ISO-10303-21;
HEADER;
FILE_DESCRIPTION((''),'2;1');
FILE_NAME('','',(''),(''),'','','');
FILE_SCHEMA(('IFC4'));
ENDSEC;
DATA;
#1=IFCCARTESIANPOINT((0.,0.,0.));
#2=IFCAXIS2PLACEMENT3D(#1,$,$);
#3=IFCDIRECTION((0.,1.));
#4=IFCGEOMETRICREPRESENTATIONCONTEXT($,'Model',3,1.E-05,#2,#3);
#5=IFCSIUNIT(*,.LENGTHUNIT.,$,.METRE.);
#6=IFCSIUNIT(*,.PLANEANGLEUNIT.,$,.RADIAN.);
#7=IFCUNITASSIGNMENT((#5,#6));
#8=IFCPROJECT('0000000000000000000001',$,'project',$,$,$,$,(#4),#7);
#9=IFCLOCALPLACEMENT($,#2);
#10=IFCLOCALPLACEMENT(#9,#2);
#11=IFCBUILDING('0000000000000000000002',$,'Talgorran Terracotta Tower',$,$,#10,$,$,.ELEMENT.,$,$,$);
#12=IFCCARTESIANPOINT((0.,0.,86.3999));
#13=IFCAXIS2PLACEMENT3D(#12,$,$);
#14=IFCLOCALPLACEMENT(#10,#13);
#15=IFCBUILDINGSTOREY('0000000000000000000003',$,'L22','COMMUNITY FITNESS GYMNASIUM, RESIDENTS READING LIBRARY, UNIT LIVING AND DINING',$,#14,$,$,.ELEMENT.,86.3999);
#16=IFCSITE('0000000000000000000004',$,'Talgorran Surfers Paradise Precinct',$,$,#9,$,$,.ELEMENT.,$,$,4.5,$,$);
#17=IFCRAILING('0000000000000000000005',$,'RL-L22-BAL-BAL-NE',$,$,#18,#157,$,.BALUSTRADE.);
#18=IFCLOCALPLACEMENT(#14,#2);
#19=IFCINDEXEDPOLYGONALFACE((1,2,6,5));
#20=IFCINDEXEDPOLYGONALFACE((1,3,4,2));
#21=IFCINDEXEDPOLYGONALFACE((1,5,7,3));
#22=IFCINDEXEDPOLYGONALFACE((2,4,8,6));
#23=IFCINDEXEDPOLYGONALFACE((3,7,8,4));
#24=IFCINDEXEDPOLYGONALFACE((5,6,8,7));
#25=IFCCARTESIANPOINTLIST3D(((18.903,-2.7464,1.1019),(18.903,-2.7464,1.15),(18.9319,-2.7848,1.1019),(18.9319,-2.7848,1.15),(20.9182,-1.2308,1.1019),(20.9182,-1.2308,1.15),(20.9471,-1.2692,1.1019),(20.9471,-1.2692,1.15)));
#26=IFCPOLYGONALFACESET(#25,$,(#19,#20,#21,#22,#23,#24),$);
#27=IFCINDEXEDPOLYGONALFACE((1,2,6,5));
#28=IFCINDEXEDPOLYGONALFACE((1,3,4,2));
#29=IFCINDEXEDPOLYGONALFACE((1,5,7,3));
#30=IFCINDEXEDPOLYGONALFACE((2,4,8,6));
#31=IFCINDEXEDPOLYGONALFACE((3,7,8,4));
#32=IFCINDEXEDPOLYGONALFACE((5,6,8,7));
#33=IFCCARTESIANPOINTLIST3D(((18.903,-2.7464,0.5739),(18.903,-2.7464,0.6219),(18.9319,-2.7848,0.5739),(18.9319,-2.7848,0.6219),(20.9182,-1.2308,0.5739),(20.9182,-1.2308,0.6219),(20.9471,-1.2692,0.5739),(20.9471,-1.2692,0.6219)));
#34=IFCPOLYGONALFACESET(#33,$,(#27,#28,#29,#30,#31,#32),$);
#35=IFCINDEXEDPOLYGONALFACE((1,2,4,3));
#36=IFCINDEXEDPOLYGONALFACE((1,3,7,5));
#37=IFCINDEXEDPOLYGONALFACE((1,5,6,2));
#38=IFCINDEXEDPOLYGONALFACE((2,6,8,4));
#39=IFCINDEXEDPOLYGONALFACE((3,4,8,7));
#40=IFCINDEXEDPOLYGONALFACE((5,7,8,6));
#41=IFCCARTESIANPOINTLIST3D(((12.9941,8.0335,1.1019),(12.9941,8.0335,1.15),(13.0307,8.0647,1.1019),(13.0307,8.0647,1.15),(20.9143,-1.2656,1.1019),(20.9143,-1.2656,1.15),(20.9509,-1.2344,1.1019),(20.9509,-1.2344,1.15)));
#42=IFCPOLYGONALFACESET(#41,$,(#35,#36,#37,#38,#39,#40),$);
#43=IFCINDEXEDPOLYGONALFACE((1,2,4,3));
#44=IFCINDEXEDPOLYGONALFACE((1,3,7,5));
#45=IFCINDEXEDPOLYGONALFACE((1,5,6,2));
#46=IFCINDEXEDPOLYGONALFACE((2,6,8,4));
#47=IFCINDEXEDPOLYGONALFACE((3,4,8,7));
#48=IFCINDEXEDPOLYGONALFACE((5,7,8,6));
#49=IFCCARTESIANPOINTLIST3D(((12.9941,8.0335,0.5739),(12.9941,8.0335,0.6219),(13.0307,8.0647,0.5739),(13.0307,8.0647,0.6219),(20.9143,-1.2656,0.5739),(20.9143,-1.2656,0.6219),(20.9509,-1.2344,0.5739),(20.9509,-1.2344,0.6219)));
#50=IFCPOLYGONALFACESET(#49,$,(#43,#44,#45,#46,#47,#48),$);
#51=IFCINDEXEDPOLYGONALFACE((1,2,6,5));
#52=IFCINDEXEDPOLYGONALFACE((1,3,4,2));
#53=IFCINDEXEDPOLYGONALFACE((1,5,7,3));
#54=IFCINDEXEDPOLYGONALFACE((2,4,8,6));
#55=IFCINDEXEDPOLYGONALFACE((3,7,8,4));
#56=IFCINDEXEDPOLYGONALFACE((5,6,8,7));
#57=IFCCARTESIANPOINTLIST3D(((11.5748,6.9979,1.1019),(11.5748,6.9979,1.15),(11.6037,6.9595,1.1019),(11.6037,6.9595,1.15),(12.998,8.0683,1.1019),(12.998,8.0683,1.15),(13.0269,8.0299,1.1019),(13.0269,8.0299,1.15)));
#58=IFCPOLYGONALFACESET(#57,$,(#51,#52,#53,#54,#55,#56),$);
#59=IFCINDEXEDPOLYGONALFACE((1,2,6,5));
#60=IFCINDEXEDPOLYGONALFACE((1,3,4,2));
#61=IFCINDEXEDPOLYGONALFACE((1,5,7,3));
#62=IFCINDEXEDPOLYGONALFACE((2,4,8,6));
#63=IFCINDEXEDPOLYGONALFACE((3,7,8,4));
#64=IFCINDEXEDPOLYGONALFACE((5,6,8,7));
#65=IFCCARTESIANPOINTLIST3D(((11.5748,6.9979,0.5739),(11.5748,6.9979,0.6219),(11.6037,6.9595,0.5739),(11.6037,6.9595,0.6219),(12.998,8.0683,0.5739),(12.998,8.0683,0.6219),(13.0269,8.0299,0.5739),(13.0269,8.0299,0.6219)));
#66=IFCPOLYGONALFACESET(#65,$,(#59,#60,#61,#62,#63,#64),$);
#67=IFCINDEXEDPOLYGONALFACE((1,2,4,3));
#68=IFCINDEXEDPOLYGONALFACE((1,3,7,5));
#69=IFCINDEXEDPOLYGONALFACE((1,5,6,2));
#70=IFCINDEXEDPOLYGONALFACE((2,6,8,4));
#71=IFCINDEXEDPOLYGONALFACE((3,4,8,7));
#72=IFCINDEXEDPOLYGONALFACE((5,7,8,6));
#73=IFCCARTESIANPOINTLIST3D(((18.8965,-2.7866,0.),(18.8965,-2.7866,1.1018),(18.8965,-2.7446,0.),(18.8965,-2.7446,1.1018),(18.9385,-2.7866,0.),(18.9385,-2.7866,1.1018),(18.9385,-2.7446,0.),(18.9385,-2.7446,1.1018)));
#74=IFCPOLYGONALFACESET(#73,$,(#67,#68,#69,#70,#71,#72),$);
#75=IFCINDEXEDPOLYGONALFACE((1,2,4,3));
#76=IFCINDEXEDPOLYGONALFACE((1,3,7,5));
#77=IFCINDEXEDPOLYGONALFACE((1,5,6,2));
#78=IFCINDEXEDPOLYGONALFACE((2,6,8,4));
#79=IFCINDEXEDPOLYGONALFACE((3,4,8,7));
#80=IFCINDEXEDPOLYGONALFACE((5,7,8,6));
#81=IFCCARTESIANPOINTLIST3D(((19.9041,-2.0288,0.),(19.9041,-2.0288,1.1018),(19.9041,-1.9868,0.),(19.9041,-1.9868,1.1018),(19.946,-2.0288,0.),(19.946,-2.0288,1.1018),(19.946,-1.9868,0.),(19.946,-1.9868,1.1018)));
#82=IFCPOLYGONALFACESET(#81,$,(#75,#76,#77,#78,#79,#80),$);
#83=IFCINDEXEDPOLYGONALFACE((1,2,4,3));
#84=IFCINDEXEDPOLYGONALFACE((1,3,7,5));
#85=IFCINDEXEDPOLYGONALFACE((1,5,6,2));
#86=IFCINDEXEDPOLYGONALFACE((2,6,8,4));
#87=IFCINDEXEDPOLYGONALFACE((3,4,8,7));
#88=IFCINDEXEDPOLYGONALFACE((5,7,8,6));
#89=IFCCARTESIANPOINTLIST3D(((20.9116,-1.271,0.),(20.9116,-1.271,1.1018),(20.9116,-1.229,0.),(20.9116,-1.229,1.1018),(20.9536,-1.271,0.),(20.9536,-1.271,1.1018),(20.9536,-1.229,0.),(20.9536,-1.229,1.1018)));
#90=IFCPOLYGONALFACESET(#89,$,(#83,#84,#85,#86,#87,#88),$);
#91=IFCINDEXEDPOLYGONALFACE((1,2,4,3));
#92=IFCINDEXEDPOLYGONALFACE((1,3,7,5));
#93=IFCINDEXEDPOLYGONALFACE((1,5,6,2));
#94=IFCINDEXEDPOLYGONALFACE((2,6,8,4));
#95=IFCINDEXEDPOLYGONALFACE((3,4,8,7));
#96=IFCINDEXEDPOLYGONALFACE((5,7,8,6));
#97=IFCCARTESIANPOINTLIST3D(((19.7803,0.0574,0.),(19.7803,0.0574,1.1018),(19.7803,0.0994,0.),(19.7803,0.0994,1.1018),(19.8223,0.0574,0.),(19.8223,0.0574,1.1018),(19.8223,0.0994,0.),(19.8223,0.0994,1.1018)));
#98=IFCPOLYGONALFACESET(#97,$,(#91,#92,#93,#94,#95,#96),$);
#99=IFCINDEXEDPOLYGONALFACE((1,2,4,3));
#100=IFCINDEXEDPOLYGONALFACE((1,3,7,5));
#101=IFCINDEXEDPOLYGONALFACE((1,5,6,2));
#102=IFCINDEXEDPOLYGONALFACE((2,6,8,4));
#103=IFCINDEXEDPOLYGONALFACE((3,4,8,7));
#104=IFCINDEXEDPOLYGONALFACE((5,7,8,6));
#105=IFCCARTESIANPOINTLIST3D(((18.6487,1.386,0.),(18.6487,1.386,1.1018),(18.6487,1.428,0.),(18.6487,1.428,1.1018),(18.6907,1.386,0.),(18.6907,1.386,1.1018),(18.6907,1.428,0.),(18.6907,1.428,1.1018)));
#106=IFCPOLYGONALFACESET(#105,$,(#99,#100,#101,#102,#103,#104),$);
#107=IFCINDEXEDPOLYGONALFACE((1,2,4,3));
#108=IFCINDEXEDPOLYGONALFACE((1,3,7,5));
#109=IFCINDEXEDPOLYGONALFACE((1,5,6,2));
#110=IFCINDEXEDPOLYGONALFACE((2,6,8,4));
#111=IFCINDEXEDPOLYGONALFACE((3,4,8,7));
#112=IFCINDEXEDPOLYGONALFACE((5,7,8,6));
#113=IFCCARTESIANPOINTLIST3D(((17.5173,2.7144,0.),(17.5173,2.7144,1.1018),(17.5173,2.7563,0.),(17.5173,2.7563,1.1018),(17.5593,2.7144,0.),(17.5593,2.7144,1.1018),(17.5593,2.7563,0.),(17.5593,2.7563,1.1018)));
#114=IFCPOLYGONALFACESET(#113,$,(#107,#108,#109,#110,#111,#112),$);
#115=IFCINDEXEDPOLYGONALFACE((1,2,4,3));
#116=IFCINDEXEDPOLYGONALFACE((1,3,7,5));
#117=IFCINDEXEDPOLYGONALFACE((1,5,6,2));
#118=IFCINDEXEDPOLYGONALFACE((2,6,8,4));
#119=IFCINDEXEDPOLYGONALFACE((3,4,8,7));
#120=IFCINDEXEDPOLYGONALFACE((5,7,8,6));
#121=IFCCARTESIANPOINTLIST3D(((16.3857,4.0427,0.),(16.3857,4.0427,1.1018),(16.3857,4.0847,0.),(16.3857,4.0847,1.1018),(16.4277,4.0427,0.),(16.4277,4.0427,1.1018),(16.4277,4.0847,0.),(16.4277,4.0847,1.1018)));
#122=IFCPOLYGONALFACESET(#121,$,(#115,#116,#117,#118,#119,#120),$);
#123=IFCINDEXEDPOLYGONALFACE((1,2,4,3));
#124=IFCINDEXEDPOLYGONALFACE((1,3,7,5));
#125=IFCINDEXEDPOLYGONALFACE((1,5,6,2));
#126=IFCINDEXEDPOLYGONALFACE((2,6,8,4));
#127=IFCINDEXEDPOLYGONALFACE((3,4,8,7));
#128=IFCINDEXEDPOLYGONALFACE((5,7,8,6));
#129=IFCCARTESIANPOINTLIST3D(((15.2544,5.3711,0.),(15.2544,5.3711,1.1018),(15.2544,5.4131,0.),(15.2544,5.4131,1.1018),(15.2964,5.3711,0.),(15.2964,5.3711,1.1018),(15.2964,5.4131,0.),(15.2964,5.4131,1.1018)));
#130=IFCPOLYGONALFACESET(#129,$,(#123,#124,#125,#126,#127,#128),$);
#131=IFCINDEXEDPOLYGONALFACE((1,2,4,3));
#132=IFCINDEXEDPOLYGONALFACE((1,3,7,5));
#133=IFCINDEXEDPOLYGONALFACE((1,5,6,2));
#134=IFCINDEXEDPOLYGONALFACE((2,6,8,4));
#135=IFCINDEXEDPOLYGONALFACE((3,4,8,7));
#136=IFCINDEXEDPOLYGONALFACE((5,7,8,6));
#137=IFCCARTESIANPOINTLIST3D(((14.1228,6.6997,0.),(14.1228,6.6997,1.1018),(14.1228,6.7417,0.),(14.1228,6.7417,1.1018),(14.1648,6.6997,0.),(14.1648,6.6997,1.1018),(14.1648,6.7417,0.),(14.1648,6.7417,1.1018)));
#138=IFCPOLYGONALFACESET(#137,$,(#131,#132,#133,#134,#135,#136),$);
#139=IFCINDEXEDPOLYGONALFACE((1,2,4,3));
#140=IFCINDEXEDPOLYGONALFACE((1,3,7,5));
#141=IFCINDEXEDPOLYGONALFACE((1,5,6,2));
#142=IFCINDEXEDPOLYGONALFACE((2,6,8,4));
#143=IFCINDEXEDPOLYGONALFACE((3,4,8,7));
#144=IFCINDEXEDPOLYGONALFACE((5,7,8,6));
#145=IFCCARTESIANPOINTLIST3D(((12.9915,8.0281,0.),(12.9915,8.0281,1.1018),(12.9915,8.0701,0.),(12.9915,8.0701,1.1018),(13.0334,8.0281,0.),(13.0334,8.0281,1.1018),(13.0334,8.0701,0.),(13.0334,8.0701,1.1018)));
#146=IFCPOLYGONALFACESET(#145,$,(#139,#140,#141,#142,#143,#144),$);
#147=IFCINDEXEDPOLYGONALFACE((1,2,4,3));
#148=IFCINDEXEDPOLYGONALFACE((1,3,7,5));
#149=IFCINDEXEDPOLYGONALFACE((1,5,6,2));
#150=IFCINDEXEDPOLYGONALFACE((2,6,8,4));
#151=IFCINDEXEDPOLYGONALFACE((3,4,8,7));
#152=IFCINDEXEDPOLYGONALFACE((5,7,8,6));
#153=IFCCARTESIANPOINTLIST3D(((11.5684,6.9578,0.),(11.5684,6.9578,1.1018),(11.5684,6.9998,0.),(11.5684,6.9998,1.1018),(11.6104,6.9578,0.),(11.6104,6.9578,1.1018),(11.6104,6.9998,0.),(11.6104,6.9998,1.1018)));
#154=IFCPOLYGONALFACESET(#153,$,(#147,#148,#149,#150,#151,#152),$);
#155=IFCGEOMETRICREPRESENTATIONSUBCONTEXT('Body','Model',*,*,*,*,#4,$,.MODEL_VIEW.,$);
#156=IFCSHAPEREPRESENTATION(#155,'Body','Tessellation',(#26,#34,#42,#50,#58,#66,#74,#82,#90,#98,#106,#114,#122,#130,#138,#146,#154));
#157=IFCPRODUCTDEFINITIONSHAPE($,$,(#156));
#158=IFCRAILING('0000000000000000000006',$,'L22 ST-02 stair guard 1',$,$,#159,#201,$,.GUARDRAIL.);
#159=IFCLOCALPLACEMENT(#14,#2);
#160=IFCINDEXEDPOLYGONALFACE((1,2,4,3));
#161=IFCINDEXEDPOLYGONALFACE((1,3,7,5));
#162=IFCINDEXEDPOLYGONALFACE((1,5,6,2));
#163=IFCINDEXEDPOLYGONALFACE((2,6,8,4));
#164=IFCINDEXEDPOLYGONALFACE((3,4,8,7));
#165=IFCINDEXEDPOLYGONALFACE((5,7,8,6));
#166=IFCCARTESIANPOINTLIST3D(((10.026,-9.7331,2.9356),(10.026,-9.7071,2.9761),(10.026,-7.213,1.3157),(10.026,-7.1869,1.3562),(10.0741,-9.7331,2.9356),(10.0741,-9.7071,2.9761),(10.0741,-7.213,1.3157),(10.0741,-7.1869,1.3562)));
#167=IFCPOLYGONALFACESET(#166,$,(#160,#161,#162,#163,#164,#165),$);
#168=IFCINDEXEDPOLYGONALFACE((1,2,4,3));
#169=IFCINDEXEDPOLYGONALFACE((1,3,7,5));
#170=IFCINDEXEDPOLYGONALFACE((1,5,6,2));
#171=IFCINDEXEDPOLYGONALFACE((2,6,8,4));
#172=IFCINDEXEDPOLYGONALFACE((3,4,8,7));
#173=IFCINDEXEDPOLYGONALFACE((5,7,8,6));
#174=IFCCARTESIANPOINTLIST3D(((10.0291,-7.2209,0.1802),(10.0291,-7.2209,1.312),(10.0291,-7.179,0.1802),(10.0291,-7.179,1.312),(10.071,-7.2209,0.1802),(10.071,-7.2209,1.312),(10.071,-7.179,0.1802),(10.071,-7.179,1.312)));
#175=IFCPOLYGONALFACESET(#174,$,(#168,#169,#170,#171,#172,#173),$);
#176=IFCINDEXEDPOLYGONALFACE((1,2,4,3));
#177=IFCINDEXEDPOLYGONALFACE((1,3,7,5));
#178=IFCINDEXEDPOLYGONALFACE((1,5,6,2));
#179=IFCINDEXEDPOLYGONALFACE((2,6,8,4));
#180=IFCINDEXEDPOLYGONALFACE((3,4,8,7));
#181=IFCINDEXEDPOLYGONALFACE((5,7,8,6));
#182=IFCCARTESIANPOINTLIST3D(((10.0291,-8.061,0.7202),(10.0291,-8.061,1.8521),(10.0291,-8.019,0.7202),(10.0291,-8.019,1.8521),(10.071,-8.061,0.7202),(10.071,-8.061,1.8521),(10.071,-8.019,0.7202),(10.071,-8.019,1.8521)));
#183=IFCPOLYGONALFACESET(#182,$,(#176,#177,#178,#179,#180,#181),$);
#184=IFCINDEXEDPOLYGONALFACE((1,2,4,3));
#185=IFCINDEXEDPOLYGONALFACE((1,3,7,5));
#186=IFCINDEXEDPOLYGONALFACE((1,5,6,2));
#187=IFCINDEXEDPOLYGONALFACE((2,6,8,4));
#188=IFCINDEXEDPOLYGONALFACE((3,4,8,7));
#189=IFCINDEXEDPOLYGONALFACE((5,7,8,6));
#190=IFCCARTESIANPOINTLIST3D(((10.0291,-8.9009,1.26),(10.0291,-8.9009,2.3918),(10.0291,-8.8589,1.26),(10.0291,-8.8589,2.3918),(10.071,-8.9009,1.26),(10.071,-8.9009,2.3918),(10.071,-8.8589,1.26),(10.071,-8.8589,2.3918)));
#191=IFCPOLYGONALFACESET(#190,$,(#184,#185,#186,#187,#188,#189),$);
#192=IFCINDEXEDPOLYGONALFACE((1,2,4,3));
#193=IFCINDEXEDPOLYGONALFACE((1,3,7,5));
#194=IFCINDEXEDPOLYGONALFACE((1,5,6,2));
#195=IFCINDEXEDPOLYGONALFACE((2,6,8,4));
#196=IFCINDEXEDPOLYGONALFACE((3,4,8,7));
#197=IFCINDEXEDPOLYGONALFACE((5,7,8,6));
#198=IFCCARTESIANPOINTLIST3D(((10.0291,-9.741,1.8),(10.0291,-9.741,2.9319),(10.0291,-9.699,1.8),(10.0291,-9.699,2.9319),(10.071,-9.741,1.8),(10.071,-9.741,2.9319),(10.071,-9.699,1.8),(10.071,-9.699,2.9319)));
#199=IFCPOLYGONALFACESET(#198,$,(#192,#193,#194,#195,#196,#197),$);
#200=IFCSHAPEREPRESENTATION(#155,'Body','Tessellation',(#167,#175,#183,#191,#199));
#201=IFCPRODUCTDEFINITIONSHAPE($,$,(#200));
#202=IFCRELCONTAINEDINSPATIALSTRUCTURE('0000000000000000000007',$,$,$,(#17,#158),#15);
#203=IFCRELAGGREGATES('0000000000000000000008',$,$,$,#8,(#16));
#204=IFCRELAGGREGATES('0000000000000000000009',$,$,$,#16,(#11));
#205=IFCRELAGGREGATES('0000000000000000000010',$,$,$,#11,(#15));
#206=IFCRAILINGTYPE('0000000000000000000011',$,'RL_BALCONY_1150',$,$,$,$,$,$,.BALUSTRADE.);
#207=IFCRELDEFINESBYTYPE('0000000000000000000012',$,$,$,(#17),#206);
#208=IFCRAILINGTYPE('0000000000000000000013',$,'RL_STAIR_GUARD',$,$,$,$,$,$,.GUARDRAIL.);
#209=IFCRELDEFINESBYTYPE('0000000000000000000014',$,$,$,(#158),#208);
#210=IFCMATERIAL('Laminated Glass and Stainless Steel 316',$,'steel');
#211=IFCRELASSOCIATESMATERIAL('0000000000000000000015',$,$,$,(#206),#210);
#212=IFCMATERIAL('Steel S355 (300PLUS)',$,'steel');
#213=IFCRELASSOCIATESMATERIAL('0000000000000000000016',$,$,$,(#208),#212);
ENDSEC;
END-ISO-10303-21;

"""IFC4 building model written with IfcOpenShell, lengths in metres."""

from ifc_helpers import new_model, si_unit, direction, frame, origin, origin_2d, place, context, subcontext, project, spatial, rectangle, extrude, material, type_object, element, save


model = new_model("IFC4")

# Units and contexts
model_context = context("Model", 3, precision=1e-05, world=origin(), true_north=direction((0.0, 1.0)))
body_context = subcontext(model_context, "Body", "Model", "MODEL_VIEW")
ifc_project = project(units=[si_unit("LENGTHUNIT", "METRE"), si_unit("PLANEANGLEUNIT", "RADIAN")], contexts=[model_context])

# Site, building, storey
site_placement = place(None, origin())
site = spatial("IfcSite", under=ifc_project, at=site_placement, Name="Talgorran Surfers Paradise Precinct", CompositionType="ELEMENT", RefElevation=4.5)
building_placement = place(site_placement, origin())
building = spatial("IfcBuilding", under=site, at=building_placement, Name="Talgorran Terracotta Tower", CompositionType="ELEMENT")
storey_placement = place(building_placement, frame((0.0, 0.0, 86.3999)))
storey = spatial("IfcBuildingStorey", under=building, at=storey_placement, Name="L22", Description="COMMUNITY FITNESS GYMNASIUM, RESIDENTS READING LIBRARY, UNIT LIVING AND DINING", CompositionType="ELEMENT", Elevation=86.3999)

# Shared definitions
ifc_material_1 = material(Name="Steel S355 (300PLUS)", Category="steel")

# Railings
ifc_material_2 = material(Name="Laminated Glass and Stainless Steel 316", Category="steel")
railing_type_1 = type_object("IfcRailingType", Name="RL_BALCONY_1150", PredefinedType="BALUSTRADE", material=ifc_material_2)
railing_1_placement = place(storey_placement, frame((18.9175, -2.7656, 0.0)))
element("IfcRailing", 1, at=railing_1_placement, inside=storey, type_object=railing_type_1, Name="RL-L22-BAL-BAL-NE", PredefinedType="BALUSTRADE", context=body_context, shape_type="SweptSolid", body=[
    extrude(rectangle(XDim=0.0481, YDim=0.0481, at=origin_2d()), frame((0.0, 0.0, 1.126), z_axis=(0.799186, 0.601084, 0.0), x_axis=(-0.601084, 0.799186, 0.0)), (0.0, 0.0, 1.0), 2.5215),
    extrude(rectangle(XDim=0.0481, YDim=0.0481, at=origin_2d()), frame((0.0, 0.0, 0.5979), z_axis=(0.799186, 0.601084, 0.0), x_axis=(-0.601084, 0.799186, 0.0)), (0.0, 0.0, 1.0), 2.5215),
    extrude(rectangle(XDim=0.0481, YDim=0.0481, at=origin_2d()), frame((2.0151, 1.5156, 1.126), z_axis=(-0.648406, 0.761294, 0.0), x_axis=(-0.761294, -0.648406, 0.0)), (0.0, 0.0, 1.0), 12.2148),
    extrude(rectangle(XDim=0.0481, YDim=0.0481, at=origin_2d()), frame((2.0151, 1.5156, 0.5979), z_axis=(-0.648406, 0.761294, 0.0), x_axis=(-0.761294, -0.648406, 0.0)), (0.0, 0.0, 1.0), 12.2148),
    extrude(rectangle(XDim=0.0481, YDim=0.0481, at=origin_2d()), frame((-5.905, 10.8147, 1.126), z_axis=(-0.799193, -0.601074, 0.0), x_axis=(0.601074, -0.799193, 0.0)), (0.0, 0.0, 1.0), 1.7808),
    extrude(rectangle(XDim=0.0481, YDim=0.0481, at=origin_2d()), frame((-5.905, 10.8147, 0.5979), z_axis=(-0.799193, -0.601074, 0.0), x_axis=(0.601074, -0.799193, 0.0)), (0.0, 0.0, 1.0), 1.7808),
    extrude(rectangle(XDim=0.042, YDim=0.042, at=origin_2d()), origin(), (0.0, 0.0, 1.0), 1.1018),
    extrude(rectangle(XDim=0.042, YDim=0.042, at=origin_2d()), frame((1.0076, 0.7578, 0.0)), (0.0, 0.0, 1.0), 1.1018),
    extrude(rectangle(XDim=0.042, YDim=0.042, at=origin_2d()), frame((2.0151, 1.5156, 0.0)), (0.0, 0.0, 1.0), 1.1018),
    extrude(rectangle(XDim=0.042, YDim=0.042, at=origin_2d()), frame((0.8838, 2.844, 0.0)), (0.0, 0.0, 1.0), 1.1018),
    extrude(rectangle(XDim=0.042, YDim=0.042, at=origin_2d()), frame((-0.2478, 4.1726, 0.0)), (0.0, 0.0, 1.0), 1.1018),
    extrude(rectangle(XDim=0.042, YDim=0.042, at=origin_2d()), frame((-1.3792, 5.501, 0.0)), (0.0, 0.0, 1.0), 1.1018),
    extrude(rectangle(XDim=0.042, YDim=0.042, at=origin_2d()), frame((-2.5107, 6.8293, 0.0)), (0.0, 0.0, 1.0), 1.1018),
    extrude(rectangle(XDim=0.042, YDim=0.042, at=origin_2d()), frame((-3.6421, 8.1577, 0.0)), (0.0, 0.0, 1.0), 1.1018),
    extrude(rectangle(XDim=0.042, YDim=0.042, at=origin_2d()), frame((-4.7737, 9.4863, 0.0)), (0.0, 0.0, 1.0), 1.1018),
    extrude(rectangle(XDim=0.042, YDim=0.042, at=origin_2d()), frame((-5.905, 10.8147, 0.0)), (0.0, 0.0, 1.0), 1.1018),
    extrude(rectangle(XDim=0.042, YDim=0.042, at=origin_2d()), frame((-7.3281, 9.7444, 0.0)), (0.0, 0.0, 1.0), 1.1018),
])
railing_type_2 = type_object("IfcRailingType", Name="RL_STAIR_GUARD", PredefinedType="GUARDRAIL", material=ifc_material_1)
railing_2_placement = place(storey_placement, frame((10.05, -7.2, 0.1802)))
element("IfcRailing", 2, at=railing_2_placement, inside=storey, type_object=railing_type_2, Name="L22 ST-02 stair guard 1", PredefinedType="GUARDRAIL", context=body_context, shape_type="SweptSolid", body=[
    extrude(rectangle(XDim=0.0481, YDim=0.0481, at=origin_2d()), frame((0.0, 0.0, 1.1558), z_axis=(0.0, -0.8412, 0.540725), x_axis=(1.0, 0.0, 0.0)), (0.0, 0.0, 1.0), 2.9958),
    extrude(rectangle(XDim=0.042, YDim=0.042, at=origin_2d()), origin(), (0.0, 0.0, 1.0), 1.1318),
    extrude(rectangle(XDim=0.042, YDim=0.042, at=origin_2d()), frame((0.0, -0.8401, 0.54)), (0.0, 0.0, 1.0), 1.1318),
    extrude(rectangle(XDim=0.042, YDim=0.042, at=origin_2d()), frame((0.0, -1.6799, 1.0798)), (0.0, 0.0, 1.0), 1.1318),
    extrude(rectangle(XDim=0.042, YDim=0.042, at=origin_2d()), frame((0.0, -2.52, 1.6199)), (0.0, 0.0, 1.0), 1.1318),
])

save(model, "model.ifc")
